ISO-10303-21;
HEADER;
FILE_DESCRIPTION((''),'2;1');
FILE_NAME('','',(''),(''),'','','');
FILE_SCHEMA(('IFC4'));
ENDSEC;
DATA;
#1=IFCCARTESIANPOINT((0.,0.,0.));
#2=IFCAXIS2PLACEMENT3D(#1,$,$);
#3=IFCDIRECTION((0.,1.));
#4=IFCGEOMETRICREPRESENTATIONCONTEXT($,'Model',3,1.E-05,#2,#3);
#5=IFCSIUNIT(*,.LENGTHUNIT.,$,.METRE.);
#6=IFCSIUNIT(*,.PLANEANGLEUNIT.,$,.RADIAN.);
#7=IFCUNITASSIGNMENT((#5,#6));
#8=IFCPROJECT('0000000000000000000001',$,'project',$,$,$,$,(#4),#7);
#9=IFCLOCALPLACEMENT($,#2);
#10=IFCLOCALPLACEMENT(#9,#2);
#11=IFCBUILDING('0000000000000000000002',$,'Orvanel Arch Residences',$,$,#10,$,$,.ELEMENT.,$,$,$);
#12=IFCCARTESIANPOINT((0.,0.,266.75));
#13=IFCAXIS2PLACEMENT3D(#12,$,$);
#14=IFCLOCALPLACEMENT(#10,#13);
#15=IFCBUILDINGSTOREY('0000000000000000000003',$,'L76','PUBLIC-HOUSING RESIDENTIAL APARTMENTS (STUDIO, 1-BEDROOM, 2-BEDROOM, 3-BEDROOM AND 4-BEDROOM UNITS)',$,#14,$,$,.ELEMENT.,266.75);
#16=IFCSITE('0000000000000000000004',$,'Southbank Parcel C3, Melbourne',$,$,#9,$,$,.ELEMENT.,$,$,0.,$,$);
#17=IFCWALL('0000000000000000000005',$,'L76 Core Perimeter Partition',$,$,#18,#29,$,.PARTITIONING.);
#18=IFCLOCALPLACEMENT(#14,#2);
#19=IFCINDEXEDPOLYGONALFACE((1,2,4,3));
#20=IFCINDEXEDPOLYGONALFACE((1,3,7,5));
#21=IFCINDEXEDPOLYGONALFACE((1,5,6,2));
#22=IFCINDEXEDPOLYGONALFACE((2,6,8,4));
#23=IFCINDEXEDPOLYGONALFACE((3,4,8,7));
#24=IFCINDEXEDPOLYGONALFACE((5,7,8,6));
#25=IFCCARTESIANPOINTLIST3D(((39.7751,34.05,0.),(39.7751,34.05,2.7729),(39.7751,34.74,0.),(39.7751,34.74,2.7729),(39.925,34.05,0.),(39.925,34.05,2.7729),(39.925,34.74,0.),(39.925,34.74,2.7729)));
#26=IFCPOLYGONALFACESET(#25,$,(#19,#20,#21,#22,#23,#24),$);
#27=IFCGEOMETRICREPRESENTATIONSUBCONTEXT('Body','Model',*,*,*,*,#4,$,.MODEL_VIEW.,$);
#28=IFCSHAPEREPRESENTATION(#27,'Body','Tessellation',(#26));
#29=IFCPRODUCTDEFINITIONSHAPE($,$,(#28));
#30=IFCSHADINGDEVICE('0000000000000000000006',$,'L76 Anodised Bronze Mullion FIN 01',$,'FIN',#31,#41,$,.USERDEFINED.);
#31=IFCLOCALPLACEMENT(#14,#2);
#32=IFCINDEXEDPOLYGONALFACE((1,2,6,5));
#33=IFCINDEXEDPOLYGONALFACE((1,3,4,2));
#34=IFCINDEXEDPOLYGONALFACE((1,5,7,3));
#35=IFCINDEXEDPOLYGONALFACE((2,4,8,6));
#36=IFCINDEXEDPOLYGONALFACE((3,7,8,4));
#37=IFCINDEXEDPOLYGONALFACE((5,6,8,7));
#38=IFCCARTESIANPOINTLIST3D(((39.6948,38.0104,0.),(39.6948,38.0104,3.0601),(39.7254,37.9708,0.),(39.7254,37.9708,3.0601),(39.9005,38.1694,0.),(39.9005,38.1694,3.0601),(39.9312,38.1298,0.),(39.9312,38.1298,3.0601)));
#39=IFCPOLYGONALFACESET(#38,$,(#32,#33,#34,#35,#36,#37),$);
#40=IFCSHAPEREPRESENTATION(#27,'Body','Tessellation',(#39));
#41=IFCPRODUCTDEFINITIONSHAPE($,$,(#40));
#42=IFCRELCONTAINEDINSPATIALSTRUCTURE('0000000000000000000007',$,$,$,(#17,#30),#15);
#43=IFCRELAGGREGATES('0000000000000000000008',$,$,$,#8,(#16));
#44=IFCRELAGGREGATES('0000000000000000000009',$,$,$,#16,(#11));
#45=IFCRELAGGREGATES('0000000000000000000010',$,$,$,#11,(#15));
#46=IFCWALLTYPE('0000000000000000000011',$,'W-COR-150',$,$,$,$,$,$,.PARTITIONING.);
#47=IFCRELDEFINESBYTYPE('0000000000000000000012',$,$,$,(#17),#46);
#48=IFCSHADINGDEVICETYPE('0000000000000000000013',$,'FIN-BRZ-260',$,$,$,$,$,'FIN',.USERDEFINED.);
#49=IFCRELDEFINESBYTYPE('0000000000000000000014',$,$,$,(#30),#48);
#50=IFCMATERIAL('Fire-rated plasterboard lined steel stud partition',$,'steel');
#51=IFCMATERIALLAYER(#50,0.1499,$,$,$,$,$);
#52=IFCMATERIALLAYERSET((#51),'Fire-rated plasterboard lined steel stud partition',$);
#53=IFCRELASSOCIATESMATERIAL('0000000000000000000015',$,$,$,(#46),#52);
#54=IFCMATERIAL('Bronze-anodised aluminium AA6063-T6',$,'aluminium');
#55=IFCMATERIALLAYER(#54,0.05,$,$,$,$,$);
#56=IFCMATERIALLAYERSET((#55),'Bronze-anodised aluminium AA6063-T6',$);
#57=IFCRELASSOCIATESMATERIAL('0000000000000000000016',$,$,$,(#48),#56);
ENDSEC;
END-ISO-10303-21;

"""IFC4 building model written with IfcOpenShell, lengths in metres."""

from ifc_helpers import new_model, si_unit, direction, frame, frame_2d, origin, origin_2d, place, context, subcontext, project, spatial, rectangle, extrude, material, layer, layer_set, type_object, element, save


model = new_model("IFC4")

# Units and contexts
model_context = context("Model", 3, precision=1e-05, world=origin(), true_north=direction((0.0, 1.0)))
body_context = subcontext(model_context, "Body", "Model", "MODEL_VIEW")
ifc_project = project(units=[si_unit("LENGTHUNIT", "METRE"), si_unit("PLANEANGLEUNIT", "RADIAN")], contexts=[model_context])

# Site, building, storey
site_placement = place(None, origin())
site = spatial("IfcSite", under=ifc_project, at=site_placement, Name="Southbank Parcel C3, Melbourne", CompositionType="ELEMENT", RefElevation=0.0)
building_placement = place(site_placement, origin())
building = spatial("IfcBuilding", under=site, at=building_placement, Name="Orvanel Arch Residences", CompositionType="ELEMENT")
storey_placement = place(building_placement, frame((0.0, 0.0, 266.75)))
storey = spatial("IfcBuildingStorey", under=building, at=storey_placement, Name="L76", Description="PUBLIC-HOUSING RESIDENTIAL APARTMENTS (STUDIO, 1-BEDROOM, 2-BEDROOM, 3-BEDROOM AND 4-BEDROOM UNITS)", CompositionType="ELEMENT", Elevation=266.75)

# Shared definitions
ifc_material_1 = material(Name="Bronze-anodised aluminium AA6063-T6", Category="aluminium")

# Wall
ifc_material_2 = material(Name="Fire-rated plasterboard lined steel stud partition", Category="steel")
ifc_layer_1 = layer(ifc_material_2, 0.1499)
ifc_layer_set_1 = layer_set([ifc_layer_1], Name="Fire-rated plasterboard lined steel stud partition")
wall_type_1 = type_object("IfcWallType", Name="W-COR-150", PredefinedType="PARTITIONING", material=ifc_layer_set_1)
wall_1_placement = place(storey_placement, frame((39.8501, 34.74, 0.0), z_axis=(0.0, 0.0, 1.0), x_axis=(0.0, -1.0, 0.0)))
element("IfcWall", 1, at=wall_1_placement, inside=storey, type_object=wall_type_1, Name="L76 Core Perimeter Partition", PredefinedType="PARTITIONING", context=body_context, shape_type="SweptSolid", body=[
    extrude(rectangle(XDim=0.6899, YDim=0.1499, at=frame_2d((0.345, 0.0))), origin(), (0.0, 0.0, 1.0), 2.7729),
])

# Shading device
ifc_layer_2 = layer(ifc_material_1, 0.05)
ifc_layer_set_2 = layer_set([ifc_layer_2], Name="Bronze-anodised aluminium AA6063-T6")
shading_device_type = type_object("IfcShadingDeviceType", Name="FIN-BRZ-260", ElementType="FIN", PredefinedType="USERDEFINED", material=ifc_layer_set_2)
shading_device_placement = place(storey_placement, frame((39.813, 38.0701, 0.0), z_axis=(0.0, 0.0, 1.0), x_axis=(0.791224, 0.611527, 0.0)))
element("IfcShadingDevice", 2, at=shading_device_placement, inside=storey, type_object=shading_device_type, Name="L76 Anodised Bronze Mullion FIN 01", ObjectType="FIN", PredefinedType="USERDEFINED", context=body_context, shape_type="SweptSolid", body=[
    extrude(rectangle(XDim=0.26, YDim=0.05, at=origin_2d()), origin(), (0.0, 0.0, 1.0), 3.0601),
])

save(model, "model.ifc")
